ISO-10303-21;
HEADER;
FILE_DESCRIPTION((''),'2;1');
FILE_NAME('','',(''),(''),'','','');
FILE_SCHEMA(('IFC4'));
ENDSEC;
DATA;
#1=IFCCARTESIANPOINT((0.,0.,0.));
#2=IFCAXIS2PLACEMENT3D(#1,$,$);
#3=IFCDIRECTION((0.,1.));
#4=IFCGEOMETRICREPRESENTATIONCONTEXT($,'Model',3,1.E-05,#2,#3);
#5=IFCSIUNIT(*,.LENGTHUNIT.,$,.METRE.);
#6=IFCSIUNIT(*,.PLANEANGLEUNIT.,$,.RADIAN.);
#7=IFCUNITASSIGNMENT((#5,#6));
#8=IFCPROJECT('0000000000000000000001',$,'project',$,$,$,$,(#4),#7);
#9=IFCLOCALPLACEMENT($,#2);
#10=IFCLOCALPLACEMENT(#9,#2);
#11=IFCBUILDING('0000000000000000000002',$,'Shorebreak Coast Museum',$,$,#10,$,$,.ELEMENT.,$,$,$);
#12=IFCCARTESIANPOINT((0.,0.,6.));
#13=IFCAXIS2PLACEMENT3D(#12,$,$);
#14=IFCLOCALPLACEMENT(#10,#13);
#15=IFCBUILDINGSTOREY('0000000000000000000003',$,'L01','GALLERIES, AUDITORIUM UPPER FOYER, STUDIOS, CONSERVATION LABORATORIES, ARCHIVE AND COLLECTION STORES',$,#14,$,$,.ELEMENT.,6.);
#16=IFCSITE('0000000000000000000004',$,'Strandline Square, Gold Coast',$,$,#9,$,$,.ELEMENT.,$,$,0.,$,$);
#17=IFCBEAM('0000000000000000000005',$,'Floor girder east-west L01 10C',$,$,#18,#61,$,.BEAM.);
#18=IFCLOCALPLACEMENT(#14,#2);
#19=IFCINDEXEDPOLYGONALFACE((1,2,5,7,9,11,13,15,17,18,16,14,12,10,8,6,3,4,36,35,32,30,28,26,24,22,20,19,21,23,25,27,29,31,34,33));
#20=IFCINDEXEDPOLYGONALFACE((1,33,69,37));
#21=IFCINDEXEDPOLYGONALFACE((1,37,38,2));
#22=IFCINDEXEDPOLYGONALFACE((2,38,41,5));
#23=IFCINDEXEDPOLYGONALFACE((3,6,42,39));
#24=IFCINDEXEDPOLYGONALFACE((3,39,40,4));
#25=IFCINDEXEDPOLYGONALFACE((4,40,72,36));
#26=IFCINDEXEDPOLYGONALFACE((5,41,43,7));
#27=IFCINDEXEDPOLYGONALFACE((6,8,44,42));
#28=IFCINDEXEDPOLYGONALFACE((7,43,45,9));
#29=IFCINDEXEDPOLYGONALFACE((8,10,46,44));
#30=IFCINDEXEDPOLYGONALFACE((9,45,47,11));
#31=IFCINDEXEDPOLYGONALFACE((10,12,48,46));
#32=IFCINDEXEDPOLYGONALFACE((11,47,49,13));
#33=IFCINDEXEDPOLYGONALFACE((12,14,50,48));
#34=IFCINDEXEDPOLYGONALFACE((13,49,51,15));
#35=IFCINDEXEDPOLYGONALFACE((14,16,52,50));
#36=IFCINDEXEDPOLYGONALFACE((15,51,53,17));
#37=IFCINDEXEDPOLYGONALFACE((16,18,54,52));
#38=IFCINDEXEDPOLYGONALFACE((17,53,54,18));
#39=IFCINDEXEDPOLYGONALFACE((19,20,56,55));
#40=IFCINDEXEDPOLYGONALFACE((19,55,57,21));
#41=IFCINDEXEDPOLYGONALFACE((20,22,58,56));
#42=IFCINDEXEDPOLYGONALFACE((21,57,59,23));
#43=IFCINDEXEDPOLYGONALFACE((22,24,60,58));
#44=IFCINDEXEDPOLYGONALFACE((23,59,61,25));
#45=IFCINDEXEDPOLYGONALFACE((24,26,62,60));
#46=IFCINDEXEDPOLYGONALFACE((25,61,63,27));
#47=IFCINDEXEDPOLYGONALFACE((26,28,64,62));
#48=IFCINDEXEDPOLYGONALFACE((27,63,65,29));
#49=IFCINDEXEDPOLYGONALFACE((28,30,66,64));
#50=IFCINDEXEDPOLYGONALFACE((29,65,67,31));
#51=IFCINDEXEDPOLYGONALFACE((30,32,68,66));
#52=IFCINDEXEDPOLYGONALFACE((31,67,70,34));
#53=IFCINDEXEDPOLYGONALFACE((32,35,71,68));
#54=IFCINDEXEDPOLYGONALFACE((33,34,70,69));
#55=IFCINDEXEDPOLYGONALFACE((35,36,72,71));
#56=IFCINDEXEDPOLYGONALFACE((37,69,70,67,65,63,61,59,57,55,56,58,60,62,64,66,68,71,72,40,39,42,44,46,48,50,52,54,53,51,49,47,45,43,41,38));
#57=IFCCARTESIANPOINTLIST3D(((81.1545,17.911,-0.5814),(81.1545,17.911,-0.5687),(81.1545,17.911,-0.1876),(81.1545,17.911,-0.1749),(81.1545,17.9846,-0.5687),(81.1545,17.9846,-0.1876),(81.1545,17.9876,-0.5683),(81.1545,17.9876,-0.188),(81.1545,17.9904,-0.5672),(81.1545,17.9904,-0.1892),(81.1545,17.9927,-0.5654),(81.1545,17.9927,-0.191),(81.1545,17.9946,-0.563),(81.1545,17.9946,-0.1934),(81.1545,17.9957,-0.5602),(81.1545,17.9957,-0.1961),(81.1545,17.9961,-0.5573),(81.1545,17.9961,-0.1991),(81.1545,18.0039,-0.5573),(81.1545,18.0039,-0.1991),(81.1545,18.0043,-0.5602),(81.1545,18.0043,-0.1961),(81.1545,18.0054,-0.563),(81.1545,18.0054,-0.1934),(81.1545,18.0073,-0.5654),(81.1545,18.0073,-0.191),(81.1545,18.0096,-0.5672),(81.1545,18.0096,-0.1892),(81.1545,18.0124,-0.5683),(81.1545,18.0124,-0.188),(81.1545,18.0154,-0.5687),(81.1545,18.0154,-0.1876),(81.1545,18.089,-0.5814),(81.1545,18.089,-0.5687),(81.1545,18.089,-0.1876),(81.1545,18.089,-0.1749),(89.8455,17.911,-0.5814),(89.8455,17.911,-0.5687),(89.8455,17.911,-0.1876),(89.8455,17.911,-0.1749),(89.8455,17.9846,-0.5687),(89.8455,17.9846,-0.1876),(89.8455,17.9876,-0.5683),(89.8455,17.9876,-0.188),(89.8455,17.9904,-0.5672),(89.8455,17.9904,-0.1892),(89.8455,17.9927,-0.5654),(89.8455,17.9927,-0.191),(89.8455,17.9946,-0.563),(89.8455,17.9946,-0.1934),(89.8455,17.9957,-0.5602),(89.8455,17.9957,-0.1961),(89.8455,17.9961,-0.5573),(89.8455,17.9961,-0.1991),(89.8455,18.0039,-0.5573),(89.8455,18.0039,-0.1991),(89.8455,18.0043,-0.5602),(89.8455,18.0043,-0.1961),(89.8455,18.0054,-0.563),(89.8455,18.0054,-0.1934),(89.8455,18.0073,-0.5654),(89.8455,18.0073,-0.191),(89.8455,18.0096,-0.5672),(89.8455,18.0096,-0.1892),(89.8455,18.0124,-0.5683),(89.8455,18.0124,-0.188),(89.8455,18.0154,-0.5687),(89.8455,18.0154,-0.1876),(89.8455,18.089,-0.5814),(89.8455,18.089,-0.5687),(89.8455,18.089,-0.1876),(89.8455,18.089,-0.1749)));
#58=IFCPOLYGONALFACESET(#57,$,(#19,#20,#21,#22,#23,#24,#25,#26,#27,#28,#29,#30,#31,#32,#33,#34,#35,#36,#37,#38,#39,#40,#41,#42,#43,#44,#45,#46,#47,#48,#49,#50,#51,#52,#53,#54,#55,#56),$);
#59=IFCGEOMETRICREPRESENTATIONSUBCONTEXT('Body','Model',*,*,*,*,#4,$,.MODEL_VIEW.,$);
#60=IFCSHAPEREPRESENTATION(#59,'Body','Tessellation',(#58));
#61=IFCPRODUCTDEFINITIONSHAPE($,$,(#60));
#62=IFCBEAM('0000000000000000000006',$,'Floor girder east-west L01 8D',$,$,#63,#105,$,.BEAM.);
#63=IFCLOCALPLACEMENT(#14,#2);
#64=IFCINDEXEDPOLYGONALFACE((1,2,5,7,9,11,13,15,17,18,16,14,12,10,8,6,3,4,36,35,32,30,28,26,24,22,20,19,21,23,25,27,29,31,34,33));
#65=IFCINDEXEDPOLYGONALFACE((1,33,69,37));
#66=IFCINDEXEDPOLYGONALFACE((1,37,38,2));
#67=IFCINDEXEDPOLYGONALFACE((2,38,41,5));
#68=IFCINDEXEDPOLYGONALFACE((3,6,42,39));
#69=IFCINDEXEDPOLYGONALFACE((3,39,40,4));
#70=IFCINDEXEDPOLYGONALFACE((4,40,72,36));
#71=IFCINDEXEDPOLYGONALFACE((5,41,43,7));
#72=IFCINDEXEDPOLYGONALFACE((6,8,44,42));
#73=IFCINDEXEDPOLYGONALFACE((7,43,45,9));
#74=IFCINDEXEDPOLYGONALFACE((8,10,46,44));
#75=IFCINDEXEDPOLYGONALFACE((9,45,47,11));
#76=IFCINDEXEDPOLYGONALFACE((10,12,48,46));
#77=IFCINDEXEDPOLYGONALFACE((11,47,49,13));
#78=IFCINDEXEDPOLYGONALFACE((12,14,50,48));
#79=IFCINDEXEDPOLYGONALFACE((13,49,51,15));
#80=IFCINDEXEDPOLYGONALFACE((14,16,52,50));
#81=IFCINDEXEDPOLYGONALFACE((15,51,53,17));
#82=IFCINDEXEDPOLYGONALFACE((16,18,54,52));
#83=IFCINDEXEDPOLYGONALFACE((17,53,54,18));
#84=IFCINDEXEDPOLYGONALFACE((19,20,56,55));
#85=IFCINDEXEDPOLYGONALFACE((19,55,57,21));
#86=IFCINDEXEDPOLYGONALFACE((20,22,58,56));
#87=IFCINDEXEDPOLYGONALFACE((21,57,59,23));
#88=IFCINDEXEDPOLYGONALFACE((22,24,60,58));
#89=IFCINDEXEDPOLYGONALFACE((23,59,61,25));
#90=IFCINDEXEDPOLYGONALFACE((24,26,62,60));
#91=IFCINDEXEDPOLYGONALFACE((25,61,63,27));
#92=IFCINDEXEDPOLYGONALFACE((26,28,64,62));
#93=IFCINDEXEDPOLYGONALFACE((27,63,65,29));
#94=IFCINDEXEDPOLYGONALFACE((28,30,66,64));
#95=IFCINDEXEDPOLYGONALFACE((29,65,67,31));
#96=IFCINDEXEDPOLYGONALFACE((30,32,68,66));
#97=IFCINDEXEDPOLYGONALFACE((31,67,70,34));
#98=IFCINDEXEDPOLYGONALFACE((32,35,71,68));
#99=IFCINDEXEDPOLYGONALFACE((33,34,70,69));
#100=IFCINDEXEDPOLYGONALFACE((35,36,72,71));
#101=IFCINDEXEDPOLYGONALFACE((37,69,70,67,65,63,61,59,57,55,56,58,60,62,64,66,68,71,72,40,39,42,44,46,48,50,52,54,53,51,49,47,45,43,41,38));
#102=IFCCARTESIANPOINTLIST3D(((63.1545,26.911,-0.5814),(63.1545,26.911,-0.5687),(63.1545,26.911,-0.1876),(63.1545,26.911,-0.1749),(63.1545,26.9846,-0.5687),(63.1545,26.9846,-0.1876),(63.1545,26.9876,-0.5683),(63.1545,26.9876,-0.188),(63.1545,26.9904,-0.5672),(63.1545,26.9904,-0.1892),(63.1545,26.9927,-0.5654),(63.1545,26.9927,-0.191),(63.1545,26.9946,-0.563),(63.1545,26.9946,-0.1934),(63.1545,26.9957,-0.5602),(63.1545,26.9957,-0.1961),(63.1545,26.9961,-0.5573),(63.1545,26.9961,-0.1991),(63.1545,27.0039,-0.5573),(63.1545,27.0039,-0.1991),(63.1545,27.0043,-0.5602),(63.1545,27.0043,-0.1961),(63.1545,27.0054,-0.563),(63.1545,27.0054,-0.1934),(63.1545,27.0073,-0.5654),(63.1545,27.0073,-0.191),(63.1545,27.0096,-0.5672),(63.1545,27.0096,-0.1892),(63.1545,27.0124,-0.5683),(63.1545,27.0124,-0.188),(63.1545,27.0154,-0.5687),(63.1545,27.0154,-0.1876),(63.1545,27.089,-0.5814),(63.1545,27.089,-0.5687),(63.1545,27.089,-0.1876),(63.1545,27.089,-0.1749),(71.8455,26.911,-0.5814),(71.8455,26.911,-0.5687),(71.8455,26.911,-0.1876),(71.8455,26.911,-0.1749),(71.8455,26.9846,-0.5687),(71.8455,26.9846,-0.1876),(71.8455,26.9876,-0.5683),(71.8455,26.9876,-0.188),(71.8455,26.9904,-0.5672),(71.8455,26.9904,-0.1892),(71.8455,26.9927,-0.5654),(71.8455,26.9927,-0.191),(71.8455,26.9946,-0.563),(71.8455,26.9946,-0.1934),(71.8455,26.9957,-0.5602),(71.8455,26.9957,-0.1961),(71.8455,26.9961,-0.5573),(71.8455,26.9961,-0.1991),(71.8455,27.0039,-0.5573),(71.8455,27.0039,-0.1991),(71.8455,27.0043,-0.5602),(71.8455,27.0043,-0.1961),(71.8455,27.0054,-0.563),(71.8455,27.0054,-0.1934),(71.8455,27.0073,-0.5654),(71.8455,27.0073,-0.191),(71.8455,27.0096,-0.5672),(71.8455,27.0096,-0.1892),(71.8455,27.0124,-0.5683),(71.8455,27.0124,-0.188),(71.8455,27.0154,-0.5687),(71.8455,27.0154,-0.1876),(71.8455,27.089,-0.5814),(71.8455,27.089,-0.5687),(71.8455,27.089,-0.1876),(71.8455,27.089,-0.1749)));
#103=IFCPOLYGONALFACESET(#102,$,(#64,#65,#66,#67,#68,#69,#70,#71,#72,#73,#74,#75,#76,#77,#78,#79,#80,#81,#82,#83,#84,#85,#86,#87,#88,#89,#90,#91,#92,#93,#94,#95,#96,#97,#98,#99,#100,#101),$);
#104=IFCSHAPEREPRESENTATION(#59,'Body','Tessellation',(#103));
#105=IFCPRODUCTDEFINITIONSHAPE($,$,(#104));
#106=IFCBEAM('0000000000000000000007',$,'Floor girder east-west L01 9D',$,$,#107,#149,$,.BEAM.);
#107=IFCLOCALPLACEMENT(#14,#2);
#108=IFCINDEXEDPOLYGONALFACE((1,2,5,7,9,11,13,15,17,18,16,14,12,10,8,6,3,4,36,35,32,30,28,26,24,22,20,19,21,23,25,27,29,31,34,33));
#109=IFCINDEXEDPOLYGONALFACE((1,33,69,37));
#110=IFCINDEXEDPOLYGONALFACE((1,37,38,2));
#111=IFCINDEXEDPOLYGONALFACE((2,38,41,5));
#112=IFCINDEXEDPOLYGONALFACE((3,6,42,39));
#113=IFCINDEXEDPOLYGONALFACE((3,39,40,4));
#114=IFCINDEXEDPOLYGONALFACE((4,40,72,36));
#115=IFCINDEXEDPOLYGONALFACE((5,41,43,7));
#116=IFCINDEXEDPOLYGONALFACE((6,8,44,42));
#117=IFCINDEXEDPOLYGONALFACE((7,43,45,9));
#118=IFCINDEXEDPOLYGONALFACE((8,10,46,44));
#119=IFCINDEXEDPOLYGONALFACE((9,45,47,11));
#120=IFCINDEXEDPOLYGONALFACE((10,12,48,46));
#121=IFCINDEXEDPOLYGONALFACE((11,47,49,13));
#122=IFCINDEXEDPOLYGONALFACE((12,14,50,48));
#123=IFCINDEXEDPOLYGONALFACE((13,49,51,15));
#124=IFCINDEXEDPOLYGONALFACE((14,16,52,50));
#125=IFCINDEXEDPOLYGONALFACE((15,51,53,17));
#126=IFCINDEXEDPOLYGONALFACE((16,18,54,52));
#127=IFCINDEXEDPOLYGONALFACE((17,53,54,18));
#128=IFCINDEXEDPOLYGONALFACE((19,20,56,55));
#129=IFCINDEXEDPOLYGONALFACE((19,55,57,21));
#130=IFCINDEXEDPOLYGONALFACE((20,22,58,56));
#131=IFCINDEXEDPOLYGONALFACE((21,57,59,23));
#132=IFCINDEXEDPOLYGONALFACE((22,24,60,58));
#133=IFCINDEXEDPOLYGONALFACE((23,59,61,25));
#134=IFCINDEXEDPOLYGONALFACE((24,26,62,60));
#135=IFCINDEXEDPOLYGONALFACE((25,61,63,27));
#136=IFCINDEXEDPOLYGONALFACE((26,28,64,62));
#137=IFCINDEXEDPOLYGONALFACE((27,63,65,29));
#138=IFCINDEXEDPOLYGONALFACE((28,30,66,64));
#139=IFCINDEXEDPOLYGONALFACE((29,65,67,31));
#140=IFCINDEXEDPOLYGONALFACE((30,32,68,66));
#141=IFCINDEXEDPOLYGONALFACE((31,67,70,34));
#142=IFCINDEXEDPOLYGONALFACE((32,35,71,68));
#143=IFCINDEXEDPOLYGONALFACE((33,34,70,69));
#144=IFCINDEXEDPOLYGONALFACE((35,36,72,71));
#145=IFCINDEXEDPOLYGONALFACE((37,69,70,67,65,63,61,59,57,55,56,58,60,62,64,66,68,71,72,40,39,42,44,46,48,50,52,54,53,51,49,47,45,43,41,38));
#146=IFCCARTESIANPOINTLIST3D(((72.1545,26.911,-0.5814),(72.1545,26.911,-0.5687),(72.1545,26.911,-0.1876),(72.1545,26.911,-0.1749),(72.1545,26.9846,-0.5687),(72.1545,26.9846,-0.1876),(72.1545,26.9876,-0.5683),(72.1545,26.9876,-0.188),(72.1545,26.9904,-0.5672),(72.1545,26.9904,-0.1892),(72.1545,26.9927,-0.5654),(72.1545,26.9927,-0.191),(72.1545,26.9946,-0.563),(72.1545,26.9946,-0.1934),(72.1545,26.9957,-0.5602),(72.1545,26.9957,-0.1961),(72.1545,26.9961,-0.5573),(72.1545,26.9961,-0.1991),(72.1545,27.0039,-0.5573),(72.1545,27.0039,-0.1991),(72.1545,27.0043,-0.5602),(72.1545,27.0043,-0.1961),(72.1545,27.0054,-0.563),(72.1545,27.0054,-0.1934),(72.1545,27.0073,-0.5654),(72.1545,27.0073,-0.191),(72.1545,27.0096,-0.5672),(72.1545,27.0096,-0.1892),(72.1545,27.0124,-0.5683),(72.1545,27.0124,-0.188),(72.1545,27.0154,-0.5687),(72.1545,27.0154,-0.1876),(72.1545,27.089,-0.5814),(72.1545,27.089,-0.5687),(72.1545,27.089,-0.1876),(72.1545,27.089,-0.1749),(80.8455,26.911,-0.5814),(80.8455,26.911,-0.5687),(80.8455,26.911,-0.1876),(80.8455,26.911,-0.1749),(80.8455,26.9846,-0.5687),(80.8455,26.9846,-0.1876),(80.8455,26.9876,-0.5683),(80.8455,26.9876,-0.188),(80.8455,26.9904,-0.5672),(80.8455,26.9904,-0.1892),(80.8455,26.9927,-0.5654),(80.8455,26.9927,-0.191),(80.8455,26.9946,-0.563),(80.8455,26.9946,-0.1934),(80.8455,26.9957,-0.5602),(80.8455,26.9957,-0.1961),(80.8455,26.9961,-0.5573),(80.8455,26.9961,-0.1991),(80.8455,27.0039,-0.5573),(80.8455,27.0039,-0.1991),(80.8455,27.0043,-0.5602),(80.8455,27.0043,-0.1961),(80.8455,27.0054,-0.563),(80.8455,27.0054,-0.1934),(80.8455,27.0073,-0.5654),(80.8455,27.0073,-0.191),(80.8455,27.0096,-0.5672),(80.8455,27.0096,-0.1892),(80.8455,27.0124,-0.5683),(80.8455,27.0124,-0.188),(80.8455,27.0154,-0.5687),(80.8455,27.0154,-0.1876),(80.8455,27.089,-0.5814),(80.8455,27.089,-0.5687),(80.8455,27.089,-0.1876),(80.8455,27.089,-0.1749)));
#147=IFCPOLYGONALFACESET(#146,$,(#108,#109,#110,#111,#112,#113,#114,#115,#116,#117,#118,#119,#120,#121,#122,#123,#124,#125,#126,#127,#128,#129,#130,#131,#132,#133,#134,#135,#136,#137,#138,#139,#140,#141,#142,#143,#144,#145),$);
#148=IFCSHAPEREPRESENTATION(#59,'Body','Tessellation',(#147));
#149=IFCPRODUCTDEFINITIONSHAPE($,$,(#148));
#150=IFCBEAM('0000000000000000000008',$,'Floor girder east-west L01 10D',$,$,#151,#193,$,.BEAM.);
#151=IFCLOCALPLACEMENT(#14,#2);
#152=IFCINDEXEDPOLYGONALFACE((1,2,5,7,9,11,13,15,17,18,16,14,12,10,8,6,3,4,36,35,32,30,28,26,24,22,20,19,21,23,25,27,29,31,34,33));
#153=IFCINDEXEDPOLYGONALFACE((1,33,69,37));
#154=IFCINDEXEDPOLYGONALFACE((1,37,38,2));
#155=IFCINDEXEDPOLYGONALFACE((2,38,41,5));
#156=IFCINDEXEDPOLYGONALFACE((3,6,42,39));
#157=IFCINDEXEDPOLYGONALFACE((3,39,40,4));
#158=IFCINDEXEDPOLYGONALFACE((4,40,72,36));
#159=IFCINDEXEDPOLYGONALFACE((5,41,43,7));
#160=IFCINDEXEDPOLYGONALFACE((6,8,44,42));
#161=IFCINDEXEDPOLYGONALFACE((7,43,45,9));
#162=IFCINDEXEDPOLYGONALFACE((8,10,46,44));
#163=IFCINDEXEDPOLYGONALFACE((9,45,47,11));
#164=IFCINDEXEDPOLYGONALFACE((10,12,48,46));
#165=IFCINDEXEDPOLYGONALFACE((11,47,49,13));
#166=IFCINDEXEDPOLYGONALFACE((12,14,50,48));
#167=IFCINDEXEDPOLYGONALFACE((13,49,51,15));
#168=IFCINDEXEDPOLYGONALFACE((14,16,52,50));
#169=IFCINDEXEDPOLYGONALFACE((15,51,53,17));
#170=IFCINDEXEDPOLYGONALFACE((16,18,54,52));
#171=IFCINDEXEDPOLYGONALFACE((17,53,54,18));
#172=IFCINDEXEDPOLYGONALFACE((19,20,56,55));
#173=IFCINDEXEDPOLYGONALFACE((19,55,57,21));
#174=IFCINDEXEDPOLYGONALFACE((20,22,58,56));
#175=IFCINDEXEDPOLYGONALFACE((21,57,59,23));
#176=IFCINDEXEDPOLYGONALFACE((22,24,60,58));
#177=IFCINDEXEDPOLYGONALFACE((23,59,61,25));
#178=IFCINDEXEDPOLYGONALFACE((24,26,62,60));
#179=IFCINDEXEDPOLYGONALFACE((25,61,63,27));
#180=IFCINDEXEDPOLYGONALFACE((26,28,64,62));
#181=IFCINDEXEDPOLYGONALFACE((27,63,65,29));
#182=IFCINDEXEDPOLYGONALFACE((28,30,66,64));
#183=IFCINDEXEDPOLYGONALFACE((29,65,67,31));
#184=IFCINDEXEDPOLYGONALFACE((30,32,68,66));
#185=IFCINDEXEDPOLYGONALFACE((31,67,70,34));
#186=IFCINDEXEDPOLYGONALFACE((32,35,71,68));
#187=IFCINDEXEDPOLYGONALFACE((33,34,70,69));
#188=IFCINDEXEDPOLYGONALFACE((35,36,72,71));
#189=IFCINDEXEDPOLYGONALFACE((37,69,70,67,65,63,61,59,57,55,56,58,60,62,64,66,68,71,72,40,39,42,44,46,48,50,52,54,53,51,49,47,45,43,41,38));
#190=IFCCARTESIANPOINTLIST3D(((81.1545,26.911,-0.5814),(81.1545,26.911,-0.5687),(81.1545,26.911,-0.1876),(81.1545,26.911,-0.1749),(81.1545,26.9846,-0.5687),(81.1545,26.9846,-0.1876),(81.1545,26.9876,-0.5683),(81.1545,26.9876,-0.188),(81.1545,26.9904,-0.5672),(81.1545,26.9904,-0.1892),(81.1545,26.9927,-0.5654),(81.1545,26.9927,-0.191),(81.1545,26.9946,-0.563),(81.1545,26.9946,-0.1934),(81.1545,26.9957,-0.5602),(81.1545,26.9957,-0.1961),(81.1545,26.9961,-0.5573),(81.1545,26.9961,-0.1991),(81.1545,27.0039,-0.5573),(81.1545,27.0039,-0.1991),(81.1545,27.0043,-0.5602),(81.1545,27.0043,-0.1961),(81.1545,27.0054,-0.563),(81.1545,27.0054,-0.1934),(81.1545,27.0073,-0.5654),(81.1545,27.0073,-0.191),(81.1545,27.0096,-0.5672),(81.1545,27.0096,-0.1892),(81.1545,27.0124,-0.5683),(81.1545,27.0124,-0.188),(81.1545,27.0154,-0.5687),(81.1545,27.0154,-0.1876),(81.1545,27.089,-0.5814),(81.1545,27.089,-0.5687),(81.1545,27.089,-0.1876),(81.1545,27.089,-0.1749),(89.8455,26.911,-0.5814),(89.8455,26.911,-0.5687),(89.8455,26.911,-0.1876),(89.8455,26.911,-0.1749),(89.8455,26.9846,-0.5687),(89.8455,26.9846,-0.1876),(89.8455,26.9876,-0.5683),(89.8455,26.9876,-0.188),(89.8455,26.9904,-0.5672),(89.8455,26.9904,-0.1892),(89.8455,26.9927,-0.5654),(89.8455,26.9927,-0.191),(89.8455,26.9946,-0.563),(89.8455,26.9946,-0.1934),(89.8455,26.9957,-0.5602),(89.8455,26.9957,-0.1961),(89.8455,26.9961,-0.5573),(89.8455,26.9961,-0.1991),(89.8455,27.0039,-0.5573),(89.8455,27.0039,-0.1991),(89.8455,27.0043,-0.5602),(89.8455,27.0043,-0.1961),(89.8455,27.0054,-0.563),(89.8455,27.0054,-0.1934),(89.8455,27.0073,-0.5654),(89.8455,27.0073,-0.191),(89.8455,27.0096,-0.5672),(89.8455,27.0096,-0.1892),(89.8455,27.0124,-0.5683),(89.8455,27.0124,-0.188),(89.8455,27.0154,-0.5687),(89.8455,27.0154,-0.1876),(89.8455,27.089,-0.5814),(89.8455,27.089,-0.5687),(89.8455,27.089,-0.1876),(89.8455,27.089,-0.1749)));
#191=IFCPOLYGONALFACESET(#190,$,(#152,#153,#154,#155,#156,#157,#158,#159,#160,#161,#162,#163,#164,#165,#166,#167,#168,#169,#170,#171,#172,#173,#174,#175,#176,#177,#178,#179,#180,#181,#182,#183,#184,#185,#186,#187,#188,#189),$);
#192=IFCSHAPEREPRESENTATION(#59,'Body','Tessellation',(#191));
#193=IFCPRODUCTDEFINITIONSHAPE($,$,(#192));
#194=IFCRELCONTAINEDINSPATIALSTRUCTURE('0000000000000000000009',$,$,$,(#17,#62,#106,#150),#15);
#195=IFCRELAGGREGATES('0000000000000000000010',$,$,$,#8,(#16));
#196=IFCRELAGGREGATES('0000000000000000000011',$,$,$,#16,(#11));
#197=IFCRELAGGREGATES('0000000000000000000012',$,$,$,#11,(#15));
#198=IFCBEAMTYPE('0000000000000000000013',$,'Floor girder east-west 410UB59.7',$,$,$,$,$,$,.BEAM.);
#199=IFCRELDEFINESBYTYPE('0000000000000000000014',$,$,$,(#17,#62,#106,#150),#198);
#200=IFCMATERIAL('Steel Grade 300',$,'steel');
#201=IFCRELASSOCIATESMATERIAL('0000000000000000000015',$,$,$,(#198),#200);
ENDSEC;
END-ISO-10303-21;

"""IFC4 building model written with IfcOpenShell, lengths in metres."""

from ifc_helpers import new_model, si_unit, direction, frame, origin, origin_2d, place, context, subcontext, project, spatial, i_section, extrude, material, material_profile, profile_set, type_object, element, save


model = new_model("IFC4")

# Units and contexts
model_context = context("Model", 3, precision=1e-05, world=origin(), true_north=direction((0.0, 1.0)))
body_context = subcontext(model_context, "Body", "Model", "MODEL_VIEW")
ifc_project = project(units=[si_unit("LENGTHUNIT", "METRE"), si_unit("PLANEANGLEUNIT", "RADIAN")], contexts=[model_context])

# Site, building, storey
site_placement = place(None, origin())
site = spatial("IfcSite", under=ifc_project, at=site_placement, Name="Strandline Square, Gold Coast", CompositionType="ELEMENT", RefElevation=0.0)
building_placement = place(site_placement, origin())
building = spatial("IfcBuilding", under=site, at=building_placement, Name="Shorebreak Coast Museum", CompositionType="ELEMENT")
storey_placement = place(building_placement, frame((0.0, 0.0, 6.0)))
storey = spatial("IfcBuildingStorey", under=building, at=storey_placement, Name="L01", Description="GALLERIES, AUDITORIUM UPPER FOYER, STUDIOS, CONSERVATION LABORATORIES, ARCHIVE AND COLLECTION STORES", CompositionType="ELEMENT", Elevation=6.0)

# Beams
ifc_material_1 = material(Name="Steel Grade 300", Category="steel")
ifc_material_profile_1 = material_profile(ifc_material_1, i_section(OverallWidth=0.178, OverallDepth=0.4065, WebThickness=0.0078, FlangeThickness=0.0127, FilletRadius=0.0115, at=origin_2d()), Name="410UB59.7")
ifc_profile_set_1 = profile_set([ifc_material_profile_1], Name="Steel Grade 300")
beam_type_1 = type_object("IfcBeamType", Name="Floor girder east-west 410UB59.7", PredefinedType="BEAM", material=ifc_profile_set_1)
for number, where, z_axis, x_axis, name in (
    (1, (81.1545, 18.0, -0.3782), (1.0, 0.0, 0.0), (0.0, 1.0, 0.0), "Floor girder east-west L01 10C"),
    (2, (63.1545, 27.0, -0.3782), (1.0, 0.0, 0.0), (0.0, 1.0, 0.0), "Floor girder east-west L01 8D"),
    (3, (72.1545, 27.0, -0.3782), (1.0, 0.0, 0.0), (0.0, 1.0, 0.0), "Floor girder east-west L01 9D"),
    (4, (81.1545, 27.0, -0.3782), (1.0, 0.0, 0.0), (0.0, 1.0, 0.0), "Floor girder east-west L01 10D"),
):
    element("IfcBeam", number, at=place(storey_placement, frame(where, z_axis=z_axis, x_axis=x_axis)), inside=storey, type_object=beam_type_1, Name=name, PredefinedType="BEAM", context=body_context, shape_type="SweptSolid", body=[
        extrude(i_section(OverallWidth=0.178, OverallDepth=0.4065, WebThickness=0.0078, FlangeThickness=0.0127, FilletRadius=0.0115, at=origin_2d()), origin(), (0.0, 0.0, 1.0), 8.6909),
    ])

save(model, "model.ifc")
